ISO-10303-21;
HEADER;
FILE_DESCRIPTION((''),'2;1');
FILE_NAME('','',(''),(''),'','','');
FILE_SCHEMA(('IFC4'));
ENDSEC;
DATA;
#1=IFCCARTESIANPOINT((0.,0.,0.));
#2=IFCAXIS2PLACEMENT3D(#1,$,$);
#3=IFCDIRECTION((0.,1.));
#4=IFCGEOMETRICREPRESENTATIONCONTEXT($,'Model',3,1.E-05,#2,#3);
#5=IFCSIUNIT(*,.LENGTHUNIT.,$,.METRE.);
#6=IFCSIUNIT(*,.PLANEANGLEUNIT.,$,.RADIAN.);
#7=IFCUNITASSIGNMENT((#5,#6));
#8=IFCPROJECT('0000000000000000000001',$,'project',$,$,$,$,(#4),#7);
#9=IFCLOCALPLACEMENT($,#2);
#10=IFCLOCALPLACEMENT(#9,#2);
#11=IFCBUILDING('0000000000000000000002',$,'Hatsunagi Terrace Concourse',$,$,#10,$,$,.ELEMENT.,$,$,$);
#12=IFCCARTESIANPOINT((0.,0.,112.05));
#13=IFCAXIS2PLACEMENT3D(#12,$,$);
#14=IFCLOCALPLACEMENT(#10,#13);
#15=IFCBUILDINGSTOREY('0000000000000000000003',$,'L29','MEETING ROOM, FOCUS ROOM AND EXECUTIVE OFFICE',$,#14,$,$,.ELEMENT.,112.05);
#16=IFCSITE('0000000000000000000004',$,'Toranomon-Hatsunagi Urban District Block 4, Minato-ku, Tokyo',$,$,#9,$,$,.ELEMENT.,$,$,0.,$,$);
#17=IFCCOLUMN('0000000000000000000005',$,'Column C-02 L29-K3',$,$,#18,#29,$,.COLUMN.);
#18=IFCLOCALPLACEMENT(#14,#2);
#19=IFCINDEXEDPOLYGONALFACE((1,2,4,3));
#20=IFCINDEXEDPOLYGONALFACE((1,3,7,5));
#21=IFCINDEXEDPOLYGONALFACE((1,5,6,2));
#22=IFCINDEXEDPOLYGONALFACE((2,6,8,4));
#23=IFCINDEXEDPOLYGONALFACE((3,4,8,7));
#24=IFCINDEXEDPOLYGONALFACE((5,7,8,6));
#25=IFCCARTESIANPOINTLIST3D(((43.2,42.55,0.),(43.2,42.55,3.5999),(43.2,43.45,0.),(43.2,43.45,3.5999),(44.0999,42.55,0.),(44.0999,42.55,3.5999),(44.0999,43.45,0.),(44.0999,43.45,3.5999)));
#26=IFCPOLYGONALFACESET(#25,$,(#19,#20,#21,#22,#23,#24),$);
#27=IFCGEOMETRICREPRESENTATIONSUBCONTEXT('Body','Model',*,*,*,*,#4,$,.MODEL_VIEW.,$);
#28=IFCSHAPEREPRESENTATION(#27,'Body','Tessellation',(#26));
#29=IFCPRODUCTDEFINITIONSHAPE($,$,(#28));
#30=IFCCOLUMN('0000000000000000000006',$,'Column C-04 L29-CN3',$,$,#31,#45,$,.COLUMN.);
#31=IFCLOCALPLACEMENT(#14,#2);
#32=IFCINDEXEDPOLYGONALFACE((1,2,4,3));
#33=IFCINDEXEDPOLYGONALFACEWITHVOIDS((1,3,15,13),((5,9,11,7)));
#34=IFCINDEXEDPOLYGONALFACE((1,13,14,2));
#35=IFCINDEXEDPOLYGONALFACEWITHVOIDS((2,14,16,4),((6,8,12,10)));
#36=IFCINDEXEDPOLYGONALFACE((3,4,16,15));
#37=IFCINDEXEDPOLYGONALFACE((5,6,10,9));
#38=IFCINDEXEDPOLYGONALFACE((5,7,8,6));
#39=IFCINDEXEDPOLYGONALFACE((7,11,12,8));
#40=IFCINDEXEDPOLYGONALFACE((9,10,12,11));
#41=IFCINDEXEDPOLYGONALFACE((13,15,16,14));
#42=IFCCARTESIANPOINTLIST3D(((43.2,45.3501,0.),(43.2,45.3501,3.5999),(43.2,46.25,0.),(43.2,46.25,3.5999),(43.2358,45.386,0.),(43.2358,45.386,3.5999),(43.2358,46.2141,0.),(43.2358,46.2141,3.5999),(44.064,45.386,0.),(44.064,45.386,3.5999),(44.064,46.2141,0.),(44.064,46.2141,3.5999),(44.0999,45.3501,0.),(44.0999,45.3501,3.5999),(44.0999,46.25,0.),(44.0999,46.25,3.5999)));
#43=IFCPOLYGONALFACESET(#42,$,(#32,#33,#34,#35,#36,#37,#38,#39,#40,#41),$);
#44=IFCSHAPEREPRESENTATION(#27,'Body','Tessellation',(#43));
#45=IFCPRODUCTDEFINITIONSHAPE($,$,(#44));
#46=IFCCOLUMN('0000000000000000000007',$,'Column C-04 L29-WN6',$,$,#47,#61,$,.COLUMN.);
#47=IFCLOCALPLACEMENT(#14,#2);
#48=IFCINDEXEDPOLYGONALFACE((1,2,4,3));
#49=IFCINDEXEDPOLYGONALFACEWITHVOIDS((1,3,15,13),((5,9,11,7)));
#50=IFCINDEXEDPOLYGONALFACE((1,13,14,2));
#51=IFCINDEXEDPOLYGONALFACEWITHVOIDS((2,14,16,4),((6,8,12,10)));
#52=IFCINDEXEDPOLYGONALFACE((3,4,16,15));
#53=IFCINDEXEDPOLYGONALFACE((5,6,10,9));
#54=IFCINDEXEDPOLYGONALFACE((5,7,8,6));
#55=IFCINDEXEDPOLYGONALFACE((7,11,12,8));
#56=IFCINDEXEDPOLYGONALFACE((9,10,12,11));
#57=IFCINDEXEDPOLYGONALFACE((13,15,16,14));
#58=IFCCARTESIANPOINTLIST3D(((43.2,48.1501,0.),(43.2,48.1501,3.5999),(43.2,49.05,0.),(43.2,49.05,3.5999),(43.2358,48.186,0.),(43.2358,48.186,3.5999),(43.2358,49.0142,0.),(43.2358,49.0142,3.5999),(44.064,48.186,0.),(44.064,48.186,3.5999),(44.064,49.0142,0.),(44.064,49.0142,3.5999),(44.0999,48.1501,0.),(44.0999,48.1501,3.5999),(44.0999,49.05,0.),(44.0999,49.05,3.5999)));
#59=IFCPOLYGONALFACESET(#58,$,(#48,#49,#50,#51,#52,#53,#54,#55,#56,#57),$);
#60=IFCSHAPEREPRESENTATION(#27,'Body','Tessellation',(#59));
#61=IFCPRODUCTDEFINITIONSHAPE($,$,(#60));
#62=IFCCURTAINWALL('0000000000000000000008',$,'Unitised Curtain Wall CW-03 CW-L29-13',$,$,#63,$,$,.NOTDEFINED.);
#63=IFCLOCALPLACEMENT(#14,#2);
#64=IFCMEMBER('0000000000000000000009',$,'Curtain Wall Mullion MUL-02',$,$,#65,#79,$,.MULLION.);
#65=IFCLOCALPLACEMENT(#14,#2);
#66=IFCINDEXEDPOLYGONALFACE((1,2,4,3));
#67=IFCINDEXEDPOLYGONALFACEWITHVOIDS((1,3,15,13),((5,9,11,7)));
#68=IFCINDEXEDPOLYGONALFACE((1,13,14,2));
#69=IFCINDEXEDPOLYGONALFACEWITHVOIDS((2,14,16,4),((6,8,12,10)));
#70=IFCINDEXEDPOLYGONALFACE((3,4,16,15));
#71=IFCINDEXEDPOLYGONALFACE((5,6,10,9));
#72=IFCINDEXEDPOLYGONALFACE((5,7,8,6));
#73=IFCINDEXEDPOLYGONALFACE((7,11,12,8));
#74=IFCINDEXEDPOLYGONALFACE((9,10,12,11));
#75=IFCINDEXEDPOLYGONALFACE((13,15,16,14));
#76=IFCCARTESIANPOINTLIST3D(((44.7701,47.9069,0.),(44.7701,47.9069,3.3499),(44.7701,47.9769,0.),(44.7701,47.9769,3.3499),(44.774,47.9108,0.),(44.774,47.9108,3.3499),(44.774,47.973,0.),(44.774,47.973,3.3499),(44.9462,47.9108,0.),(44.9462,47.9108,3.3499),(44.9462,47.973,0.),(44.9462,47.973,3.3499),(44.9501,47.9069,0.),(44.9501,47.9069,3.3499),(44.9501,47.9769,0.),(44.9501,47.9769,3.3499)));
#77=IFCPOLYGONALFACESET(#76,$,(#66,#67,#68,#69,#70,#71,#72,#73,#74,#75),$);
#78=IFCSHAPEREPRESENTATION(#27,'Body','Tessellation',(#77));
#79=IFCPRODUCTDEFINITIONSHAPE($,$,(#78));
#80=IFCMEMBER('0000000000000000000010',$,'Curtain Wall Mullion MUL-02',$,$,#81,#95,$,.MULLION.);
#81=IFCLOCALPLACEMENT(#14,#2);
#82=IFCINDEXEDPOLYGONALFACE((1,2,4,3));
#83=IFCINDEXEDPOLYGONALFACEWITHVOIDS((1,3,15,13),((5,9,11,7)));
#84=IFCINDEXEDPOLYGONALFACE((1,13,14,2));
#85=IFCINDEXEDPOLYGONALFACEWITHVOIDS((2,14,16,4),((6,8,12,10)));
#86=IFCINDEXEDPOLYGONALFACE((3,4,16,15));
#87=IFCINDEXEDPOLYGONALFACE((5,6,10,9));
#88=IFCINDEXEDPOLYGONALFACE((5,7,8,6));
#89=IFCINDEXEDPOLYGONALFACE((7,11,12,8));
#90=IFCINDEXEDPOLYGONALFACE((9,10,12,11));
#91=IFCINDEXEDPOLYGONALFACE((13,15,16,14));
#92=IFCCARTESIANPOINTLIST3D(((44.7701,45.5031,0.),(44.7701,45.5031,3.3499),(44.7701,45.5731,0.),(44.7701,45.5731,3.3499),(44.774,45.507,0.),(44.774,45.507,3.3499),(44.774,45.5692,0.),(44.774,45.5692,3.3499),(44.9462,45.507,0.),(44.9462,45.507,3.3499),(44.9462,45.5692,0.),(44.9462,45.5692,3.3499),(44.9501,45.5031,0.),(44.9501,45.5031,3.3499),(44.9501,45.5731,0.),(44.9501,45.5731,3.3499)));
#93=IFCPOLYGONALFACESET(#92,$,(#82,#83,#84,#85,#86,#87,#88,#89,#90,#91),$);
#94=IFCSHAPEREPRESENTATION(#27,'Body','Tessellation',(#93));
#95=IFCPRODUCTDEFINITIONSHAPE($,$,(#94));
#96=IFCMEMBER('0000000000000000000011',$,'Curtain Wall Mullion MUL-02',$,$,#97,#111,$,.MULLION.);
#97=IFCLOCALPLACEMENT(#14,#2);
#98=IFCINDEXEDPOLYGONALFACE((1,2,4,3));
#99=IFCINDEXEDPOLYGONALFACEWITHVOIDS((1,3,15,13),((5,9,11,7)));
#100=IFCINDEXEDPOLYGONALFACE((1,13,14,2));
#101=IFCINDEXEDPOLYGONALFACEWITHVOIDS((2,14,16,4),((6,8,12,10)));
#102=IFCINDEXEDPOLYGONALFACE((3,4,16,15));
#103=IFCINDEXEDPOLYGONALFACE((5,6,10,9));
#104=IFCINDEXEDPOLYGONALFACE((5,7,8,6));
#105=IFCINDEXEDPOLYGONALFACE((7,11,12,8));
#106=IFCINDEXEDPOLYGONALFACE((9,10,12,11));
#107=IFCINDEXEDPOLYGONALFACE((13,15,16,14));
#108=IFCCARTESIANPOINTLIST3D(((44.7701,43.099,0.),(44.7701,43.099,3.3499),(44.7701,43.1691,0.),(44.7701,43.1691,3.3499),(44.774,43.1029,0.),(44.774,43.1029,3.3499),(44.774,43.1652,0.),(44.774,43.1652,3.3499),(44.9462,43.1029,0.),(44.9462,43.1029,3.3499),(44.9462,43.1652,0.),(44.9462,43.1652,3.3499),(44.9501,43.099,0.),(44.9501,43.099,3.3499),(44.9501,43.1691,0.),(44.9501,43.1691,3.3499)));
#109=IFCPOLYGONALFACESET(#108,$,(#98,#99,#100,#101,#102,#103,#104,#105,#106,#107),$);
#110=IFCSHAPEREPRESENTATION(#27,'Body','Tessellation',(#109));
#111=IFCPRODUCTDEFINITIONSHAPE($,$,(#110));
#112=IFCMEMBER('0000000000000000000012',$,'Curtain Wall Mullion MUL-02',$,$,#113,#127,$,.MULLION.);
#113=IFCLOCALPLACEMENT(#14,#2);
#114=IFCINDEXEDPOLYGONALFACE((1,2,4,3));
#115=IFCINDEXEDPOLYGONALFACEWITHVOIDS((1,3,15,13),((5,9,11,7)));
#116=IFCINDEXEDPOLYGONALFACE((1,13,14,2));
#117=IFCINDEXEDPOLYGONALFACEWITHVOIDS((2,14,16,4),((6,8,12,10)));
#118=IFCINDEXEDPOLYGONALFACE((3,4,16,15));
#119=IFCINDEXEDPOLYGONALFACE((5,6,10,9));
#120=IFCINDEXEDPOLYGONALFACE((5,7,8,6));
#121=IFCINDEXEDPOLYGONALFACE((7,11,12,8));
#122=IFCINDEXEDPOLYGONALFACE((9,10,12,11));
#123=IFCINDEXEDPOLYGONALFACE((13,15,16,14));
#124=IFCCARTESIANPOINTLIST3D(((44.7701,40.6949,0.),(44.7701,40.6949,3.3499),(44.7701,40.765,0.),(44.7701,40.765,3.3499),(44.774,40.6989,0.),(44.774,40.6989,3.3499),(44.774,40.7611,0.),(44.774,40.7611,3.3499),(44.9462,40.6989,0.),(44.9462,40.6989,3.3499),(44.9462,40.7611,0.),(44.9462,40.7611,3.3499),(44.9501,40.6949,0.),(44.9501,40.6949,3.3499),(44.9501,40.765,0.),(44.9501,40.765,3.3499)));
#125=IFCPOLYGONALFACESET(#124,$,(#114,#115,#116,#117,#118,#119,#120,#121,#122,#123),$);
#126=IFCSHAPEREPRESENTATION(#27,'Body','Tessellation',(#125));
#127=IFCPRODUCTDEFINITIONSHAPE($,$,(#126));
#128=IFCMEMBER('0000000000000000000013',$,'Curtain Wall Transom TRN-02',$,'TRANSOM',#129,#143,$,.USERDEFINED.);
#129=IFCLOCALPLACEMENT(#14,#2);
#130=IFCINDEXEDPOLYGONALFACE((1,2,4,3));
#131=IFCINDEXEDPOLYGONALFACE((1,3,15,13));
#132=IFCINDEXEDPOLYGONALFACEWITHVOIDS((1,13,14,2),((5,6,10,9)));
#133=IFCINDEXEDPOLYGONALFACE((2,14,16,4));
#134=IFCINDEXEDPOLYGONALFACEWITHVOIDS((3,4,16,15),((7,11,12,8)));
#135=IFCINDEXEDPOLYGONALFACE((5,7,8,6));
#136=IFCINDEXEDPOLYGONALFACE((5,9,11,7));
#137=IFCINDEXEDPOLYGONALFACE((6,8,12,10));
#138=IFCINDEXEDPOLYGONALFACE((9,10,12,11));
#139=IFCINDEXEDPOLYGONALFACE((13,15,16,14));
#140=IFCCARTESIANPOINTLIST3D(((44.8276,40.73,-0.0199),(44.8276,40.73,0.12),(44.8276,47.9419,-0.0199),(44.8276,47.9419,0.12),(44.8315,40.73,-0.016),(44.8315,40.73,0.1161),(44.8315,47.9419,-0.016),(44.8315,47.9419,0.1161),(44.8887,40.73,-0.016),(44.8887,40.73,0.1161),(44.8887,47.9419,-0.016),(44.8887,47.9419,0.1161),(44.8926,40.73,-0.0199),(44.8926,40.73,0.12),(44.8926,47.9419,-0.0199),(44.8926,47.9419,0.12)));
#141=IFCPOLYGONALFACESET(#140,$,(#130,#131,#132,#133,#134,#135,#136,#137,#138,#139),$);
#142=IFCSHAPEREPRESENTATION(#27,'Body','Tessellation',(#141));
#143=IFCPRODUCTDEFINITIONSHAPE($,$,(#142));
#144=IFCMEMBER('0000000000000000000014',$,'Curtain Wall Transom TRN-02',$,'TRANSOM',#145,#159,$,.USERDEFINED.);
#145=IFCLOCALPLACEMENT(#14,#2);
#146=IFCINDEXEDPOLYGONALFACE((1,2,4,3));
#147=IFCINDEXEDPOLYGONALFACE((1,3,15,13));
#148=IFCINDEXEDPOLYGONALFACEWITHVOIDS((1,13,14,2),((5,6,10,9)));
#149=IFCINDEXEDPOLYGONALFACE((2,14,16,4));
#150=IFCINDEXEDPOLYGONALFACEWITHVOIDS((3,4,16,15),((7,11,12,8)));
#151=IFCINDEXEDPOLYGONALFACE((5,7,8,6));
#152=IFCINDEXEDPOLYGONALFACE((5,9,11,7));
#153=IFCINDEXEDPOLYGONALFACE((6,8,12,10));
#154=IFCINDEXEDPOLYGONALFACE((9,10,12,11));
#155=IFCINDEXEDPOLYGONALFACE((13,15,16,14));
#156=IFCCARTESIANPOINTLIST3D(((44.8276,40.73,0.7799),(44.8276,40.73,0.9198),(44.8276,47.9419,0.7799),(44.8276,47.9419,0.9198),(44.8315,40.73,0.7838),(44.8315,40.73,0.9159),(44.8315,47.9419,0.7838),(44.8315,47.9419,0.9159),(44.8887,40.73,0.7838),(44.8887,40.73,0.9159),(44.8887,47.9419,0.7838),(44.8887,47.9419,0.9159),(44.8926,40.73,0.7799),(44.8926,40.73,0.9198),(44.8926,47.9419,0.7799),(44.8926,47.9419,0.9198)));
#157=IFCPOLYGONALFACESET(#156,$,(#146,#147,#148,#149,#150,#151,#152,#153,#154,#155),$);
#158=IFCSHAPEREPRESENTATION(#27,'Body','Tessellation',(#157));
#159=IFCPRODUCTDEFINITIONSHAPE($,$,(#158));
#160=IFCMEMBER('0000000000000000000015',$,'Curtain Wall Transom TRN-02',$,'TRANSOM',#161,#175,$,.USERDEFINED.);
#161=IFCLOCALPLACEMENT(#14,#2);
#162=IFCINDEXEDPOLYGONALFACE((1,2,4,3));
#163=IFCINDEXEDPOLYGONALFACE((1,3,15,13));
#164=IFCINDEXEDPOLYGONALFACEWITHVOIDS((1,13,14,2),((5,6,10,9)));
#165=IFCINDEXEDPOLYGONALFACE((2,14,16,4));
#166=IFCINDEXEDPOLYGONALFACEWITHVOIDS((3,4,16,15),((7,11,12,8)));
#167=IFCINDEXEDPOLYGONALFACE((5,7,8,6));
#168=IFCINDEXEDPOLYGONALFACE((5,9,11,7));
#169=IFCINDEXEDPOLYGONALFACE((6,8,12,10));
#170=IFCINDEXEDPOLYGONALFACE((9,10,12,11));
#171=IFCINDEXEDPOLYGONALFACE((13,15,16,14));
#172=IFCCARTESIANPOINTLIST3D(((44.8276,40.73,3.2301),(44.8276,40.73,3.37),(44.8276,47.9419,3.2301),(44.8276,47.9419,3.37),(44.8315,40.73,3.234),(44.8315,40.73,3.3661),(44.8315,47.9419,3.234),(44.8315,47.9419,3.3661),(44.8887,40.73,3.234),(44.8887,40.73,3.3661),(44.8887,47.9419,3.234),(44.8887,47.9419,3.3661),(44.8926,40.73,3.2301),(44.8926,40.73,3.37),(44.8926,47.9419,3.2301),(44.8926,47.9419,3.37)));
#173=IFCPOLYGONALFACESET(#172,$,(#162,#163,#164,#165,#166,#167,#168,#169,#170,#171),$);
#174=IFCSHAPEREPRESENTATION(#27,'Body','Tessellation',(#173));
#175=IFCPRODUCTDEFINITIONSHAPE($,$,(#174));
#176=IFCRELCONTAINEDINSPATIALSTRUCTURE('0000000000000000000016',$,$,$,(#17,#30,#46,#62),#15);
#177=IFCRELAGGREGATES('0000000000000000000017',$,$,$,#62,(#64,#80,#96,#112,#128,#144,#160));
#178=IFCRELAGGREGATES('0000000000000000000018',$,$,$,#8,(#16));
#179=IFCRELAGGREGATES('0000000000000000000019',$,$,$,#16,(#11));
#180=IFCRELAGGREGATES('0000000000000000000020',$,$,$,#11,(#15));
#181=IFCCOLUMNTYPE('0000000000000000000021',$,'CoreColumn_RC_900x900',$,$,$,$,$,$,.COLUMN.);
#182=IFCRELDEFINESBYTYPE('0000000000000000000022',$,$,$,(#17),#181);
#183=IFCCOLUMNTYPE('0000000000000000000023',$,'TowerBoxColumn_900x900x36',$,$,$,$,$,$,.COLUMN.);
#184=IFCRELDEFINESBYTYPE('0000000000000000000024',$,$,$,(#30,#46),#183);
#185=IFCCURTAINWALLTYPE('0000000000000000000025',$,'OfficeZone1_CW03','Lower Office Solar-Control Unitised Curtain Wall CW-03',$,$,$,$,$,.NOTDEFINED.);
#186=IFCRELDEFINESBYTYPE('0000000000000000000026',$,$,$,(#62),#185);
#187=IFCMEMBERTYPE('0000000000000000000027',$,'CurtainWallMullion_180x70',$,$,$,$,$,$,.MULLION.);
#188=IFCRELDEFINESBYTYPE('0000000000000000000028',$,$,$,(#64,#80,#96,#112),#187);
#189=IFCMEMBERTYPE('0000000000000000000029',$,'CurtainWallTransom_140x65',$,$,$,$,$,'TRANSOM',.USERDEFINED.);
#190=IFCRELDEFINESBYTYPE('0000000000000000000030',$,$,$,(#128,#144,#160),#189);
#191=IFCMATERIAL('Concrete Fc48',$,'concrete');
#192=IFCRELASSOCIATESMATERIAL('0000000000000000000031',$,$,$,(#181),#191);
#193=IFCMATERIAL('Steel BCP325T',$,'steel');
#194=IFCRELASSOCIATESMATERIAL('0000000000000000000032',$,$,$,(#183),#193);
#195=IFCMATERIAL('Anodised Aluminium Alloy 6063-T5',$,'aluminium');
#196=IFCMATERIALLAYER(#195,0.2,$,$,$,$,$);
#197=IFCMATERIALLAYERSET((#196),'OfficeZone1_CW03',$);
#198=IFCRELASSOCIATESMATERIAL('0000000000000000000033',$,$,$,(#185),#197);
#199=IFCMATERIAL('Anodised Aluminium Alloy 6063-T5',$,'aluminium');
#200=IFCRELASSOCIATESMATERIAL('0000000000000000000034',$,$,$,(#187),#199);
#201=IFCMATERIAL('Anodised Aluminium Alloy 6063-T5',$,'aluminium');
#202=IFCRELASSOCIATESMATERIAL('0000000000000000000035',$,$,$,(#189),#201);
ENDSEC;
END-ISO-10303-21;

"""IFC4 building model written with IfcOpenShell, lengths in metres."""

from ifc_helpers import new_model, si_unit, direction, frame, origin, origin_2d, place, context, subcontext, project, spatial, rectangle, hollow_rectangle, extrude, material, layer, layer_set, material_profile, profile_set, type_object, element, aggregate, save


model = new_model("IFC4")

# Units and contexts
model_context = context("Model", 3, precision=1e-05, world=origin(), true_north=direction((0.0, 1.0)))
body_context = subcontext(model_context, "Body", "Model", "MODEL_VIEW")
ifc_project = project(units=[si_unit("LENGTHUNIT", "METRE"), si_unit("PLANEANGLEUNIT", "RADIAN")], contexts=[model_context])

# Site, building, storey
site_placement = place(None, origin())
site = spatial("IfcSite", under=ifc_project, at=site_placement, Name="Toranomon-Hatsunagi Urban District Block 4, Minato-ku, Tokyo", CompositionType="ELEMENT", RefElevation=0.0)
building_placement = place(site_placement, origin())
building = spatial("IfcBuilding", under=site, at=building_placement, Name="Hatsunagi Terrace Concourse", CompositionType="ELEMENT")
storey_placement = place(building_placement, frame((0.0, 0.0, 112.05)))
storey = spatial("IfcBuildingStorey", under=building, at=storey_placement, Name="L29", Description="MEETING ROOM, FOCUS ROOM AND EXECUTIVE OFFICE", CompositionType="ELEMENT", Elevation=112.05)

# Columns
ifc_material_1 = material(Name="Concrete Fc48", Category="concrete")
ifc_material_profile_1 = material_profile(ifc_material_1, rectangle(XDim=0.8999, YDim=0.8999, at=origin_2d()), Name="RC-900x900")
ifc_profile_set_1 = profile_set([ifc_material_profile_1], Name="Concrete Fc48")
column_type_1 = type_object("IfcColumnType", Name="CoreColumn_RC_900x900", PredefinedType="COLUMN", material=ifc_profile_set_1)
column_placement = place(storey_placement, frame((43.6499, 43.0, 0.0), z_axis=(0.0, 0.0, 1.0), x_axis=(1.0, 0.0, 0.0)))
element("IfcColumn", 1, at=column_placement, inside=storey, type_object=column_type_1, Name="Column C-02 L29-K3", PredefinedType="COLUMN", context=body_context, shape_type="SweptSolid", body=[
    extrude(rectangle(XDim=0.8999, YDim=0.8999, at=origin_2d()), origin(), (0.0, 0.0, 1.0), 3.5999),
])
ifc_material_2 = material(Name="Steel BCP325T", Category="steel")
ifc_material_profile_2 = material_profile(ifc_material_2, hollow_rectangle(XDim=0.8999, YDim=0.8999, WallThickness=0.0359, at=origin_2d()), Name="BCP-900x900x36")
ifc_profile_set_2 = profile_set([ifc_material_profile_2], Name="Steel BCP325T")
column_type_2 = type_object("IfcColumnType", Name="TowerBoxColumn_900x900x36", PredefinedType="COLUMN", material=ifc_profile_set_2)
for number, where, z_axis, x_axis, name in (
    (2, (43.6499, 45.8, 0.0), (0.0, 0.0, 1.0), (1.0, 0.0, 0.0), "Column C-04 L29-CN3"),
    (3, (43.6499, 48.6001, 0.0), (0.0, 0.0, 1.0), (1.0, 0.0, 0.0), "Column C-04 L29-WN6"),
):
    element("IfcColumn", number, at=place(storey_placement, frame(where, z_axis=z_axis, x_axis=x_axis)), inside=storey, type_object=column_type_2, Name=name, PredefinedType="COLUMN", context=body_context, shape_type="SweptSolid", body=[
        extrude(hollow_rectangle(XDim=0.8999, YDim=0.8999, WallThickness=0.0359, at=origin_2d()), origin(), (0.0, 0.0, 1.0), 3.5999),
    ])

# Curtain wall, members
ifc_material_3 = material(Name="Anodised Aluminium Alloy 6063-T5", Category="aluminium")
ifc_layer_1 = layer(ifc_material_3, 0.2)
ifc_layer_set_1 = layer_set([ifc_layer_1], Name="OfficeZone1_CW03")
curtain_wall_type = type_object("IfcCurtainWallType", Name="OfficeZone1_CW03", Description="Lower Office Solar-Control Unitised Curtain Wall CW-03", PredefinedType="NOTDEFINED", material=ifc_layer_set_1)
curtain_wall_placement = place(storey_placement, origin())
curtain_wall = element("IfcCurtainWall", 4, at=curtain_wall_placement, inside=storey, type_object=curtain_wall_type, Name="Unitised Curtain Wall CW-03 CW-L29-13", PredefinedType="NOTDEFINED")
ifc_material_4 = material(Name="Anodised Aluminium Alloy 6063-T5", Category="aluminium")
ifc_material_profile_3 = material_profile(ifc_material_4, hollow_rectangle(XDim=0.0701, YDim=0.1799, WallThickness=0.0039, at=origin_2d()), Name="ALU-MUL-180x70x4")
ifc_profile_set_3 = profile_set([ifc_material_profile_3], Name="Anodised Aluminium Alloy 6063-T5")
member_type_1 = type_object("IfcMemberType", Name="CurtainWallMullion_180x70", PredefinedType="MULLION", material=ifc_profile_set_3)
member_1_placement = place(storey_placement, frame((44.8601, 47.9419, 0.0), z_axis=(0.0, 0.0, 1.0), x_axis=(0.0, -1.0, 0.0)))
member_1 = element("IfcMember", 5, at=member_1_placement, type_object=member_type_1, Name="Curtain Wall Mullion MUL-02", PredefinedType="MULLION", context=body_context, shape_type="SweptSolid", body=[
    extrude(hollow_rectangle(XDim=0.0701, YDim=0.1799, WallThickness=0.0039, at=origin_2d()), origin(), (0.0, 0.0, 1.0), 3.3499),
])
member_2_placement = place(storey_placement, frame((44.8601, 45.5381, 0.0), z_axis=(0.0, 0.0, 1.0), x_axis=(0.0, -1.0, 0.0)))
member_2 = element("IfcMember", 6, at=member_2_placement, type_object=member_type_1, Name="Curtain Wall Mullion MUL-02", PredefinedType="MULLION", context=body_context, shape_type="SweptSolid", body=[
    extrude(hollow_rectangle(XDim=0.0701, YDim=0.1799, WallThickness=0.0039, at=origin_2d()), origin(), (0.0, 0.0, 1.0), 3.3499),
])
member_3_placement = place(storey_placement, frame((44.8601, 43.134, 0.0), z_axis=(0.0, 0.0, 1.0), x_axis=(0.0, -1.0, 0.0)))
member_3 = element("IfcMember", 7, at=member_3_placement, type_object=member_type_1, Name="Curtain Wall Mullion MUL-02", PredefinedType="MULLION", context=body_context, shape_type="SweptSolid", body=[
    extrude(hollow_rectangle(XDim=0.0701, YDim=0.1799, WallThickness=0.0039, at=origin_2d()), origin(), (0.0, 0.0, 1.0), 3.3499),
])
member_4_placement = place(storey_placement, frame((44.8601, 40.73, 0.0), z_axis=(0.0, 0.0, 1.0), x_axis=(0.0, -1.0, 0.0)))
member_4 = element("IfcMember", 8, at=member_4_placement, type_object=member_type_1, Name="Curtain Wall Mullion MUL-02", PredefinedType="MULLION", context=body_context, shape_type="SweptSolid", body=[
    extrude(hollow_rectangle(XDim=0.0701, YDim=0.1799, WallThickness=0.0039, at=origin_2d()), origin(), (0.0, 0.0, 1.0), 3.3499),
])
ifc_material_5 = material(Name="Anodised Aluminium Alloy 6063-T5", Category="aluminium")
ifc_material_profile_4 = material_profile(ifc_material_5, hollow_rectangle(XDim=0.0649, YDim=0.1399, WallThickness=0.0039, at=origin_2d()), Name="ALU-TRN-140x65x4")
ifc_profile_set_4 = profile_set([ifc_material_profile_4], Name="Anodised Aluminium Alloy 6063-T5")
member_type_2 = type_object("IfcMemberType", Name="CurtainWallTransom_140x65", ElementType="TRANSOM", PredefinedType="USERDEFINED", material=ifc_profile_set_4)
member_5_placement = place(storey_placement, frame((44.8601, 47.9419, 0.05), z_axis=(0.0, -1.0, 0.0), x_axis=(1.0, 0.0, 0.0)))
member_5 = element("IfcMember", 9, at=member_5_placement, type_object=member_type_2, Name="Curtain Wall Transom TRN-02", ObjectType="TRANSOM", PredefinedType="USERDEFINED", context=body_context, shape_type="SweptSolid", body=[
    extrude(hollow_rectangle(XDim=0.0649, YDim=0.1399, WallThickness=0.0039, at=origin_2d()), origin(), (0.0, 0.0, 1.0), 7.2119),
])
member_6_placement = place(storey_placement, frame((44.8601, 47.9419, 0.8499), z_axis=(0.0, -1.0, 0.0), x_axis=(1.0, 0.0, 0.0)))
member_6 = element("IfcMember", 10, at=member_6_placement, type_object=member_type_2, Name="Curtain Wall Transom TRN-02", ObjectType="TRANSOM", PredefinedType="USERDEFINED", context=body_context, shape_type="SweptSolid", body=[
    extrude(hollow_rectangle(XDim=0.0649, YDim=0.1399, WallThickness=0.0039, at=origin_2d()), origin(), (0.0, 0.0, 1.0), 7.2119),
])
member_7_placement = place(storey_placement, frame((44.8601, 47.9419, 3.3), z_axis=(0.0, -1.0, 0.0), x_axis=(1.0, 0.0, 0.0)))
member_7 = element("IfcMember", 11, at=member_7_placement, type_object=member_type_2, Name="Curtain Wall Transom TRN-02", ObjectType="TRANSOM", PredefinedType="USERDEFINED", context=body_context, shape_type="SweptSolid", body=[
    extrude(hollow_rectangle(XDim=0.0649, YDim=0.1399, WallThickness=0.0039, at=origin_2d()), origin(), (0.0, 0.0, 1.0), 7.2119),
])

aggregate(curtain_wall, [member_1, member_2, member_3, member_4, member_5, member_6, member_7])

save(model, "model.ifc")
